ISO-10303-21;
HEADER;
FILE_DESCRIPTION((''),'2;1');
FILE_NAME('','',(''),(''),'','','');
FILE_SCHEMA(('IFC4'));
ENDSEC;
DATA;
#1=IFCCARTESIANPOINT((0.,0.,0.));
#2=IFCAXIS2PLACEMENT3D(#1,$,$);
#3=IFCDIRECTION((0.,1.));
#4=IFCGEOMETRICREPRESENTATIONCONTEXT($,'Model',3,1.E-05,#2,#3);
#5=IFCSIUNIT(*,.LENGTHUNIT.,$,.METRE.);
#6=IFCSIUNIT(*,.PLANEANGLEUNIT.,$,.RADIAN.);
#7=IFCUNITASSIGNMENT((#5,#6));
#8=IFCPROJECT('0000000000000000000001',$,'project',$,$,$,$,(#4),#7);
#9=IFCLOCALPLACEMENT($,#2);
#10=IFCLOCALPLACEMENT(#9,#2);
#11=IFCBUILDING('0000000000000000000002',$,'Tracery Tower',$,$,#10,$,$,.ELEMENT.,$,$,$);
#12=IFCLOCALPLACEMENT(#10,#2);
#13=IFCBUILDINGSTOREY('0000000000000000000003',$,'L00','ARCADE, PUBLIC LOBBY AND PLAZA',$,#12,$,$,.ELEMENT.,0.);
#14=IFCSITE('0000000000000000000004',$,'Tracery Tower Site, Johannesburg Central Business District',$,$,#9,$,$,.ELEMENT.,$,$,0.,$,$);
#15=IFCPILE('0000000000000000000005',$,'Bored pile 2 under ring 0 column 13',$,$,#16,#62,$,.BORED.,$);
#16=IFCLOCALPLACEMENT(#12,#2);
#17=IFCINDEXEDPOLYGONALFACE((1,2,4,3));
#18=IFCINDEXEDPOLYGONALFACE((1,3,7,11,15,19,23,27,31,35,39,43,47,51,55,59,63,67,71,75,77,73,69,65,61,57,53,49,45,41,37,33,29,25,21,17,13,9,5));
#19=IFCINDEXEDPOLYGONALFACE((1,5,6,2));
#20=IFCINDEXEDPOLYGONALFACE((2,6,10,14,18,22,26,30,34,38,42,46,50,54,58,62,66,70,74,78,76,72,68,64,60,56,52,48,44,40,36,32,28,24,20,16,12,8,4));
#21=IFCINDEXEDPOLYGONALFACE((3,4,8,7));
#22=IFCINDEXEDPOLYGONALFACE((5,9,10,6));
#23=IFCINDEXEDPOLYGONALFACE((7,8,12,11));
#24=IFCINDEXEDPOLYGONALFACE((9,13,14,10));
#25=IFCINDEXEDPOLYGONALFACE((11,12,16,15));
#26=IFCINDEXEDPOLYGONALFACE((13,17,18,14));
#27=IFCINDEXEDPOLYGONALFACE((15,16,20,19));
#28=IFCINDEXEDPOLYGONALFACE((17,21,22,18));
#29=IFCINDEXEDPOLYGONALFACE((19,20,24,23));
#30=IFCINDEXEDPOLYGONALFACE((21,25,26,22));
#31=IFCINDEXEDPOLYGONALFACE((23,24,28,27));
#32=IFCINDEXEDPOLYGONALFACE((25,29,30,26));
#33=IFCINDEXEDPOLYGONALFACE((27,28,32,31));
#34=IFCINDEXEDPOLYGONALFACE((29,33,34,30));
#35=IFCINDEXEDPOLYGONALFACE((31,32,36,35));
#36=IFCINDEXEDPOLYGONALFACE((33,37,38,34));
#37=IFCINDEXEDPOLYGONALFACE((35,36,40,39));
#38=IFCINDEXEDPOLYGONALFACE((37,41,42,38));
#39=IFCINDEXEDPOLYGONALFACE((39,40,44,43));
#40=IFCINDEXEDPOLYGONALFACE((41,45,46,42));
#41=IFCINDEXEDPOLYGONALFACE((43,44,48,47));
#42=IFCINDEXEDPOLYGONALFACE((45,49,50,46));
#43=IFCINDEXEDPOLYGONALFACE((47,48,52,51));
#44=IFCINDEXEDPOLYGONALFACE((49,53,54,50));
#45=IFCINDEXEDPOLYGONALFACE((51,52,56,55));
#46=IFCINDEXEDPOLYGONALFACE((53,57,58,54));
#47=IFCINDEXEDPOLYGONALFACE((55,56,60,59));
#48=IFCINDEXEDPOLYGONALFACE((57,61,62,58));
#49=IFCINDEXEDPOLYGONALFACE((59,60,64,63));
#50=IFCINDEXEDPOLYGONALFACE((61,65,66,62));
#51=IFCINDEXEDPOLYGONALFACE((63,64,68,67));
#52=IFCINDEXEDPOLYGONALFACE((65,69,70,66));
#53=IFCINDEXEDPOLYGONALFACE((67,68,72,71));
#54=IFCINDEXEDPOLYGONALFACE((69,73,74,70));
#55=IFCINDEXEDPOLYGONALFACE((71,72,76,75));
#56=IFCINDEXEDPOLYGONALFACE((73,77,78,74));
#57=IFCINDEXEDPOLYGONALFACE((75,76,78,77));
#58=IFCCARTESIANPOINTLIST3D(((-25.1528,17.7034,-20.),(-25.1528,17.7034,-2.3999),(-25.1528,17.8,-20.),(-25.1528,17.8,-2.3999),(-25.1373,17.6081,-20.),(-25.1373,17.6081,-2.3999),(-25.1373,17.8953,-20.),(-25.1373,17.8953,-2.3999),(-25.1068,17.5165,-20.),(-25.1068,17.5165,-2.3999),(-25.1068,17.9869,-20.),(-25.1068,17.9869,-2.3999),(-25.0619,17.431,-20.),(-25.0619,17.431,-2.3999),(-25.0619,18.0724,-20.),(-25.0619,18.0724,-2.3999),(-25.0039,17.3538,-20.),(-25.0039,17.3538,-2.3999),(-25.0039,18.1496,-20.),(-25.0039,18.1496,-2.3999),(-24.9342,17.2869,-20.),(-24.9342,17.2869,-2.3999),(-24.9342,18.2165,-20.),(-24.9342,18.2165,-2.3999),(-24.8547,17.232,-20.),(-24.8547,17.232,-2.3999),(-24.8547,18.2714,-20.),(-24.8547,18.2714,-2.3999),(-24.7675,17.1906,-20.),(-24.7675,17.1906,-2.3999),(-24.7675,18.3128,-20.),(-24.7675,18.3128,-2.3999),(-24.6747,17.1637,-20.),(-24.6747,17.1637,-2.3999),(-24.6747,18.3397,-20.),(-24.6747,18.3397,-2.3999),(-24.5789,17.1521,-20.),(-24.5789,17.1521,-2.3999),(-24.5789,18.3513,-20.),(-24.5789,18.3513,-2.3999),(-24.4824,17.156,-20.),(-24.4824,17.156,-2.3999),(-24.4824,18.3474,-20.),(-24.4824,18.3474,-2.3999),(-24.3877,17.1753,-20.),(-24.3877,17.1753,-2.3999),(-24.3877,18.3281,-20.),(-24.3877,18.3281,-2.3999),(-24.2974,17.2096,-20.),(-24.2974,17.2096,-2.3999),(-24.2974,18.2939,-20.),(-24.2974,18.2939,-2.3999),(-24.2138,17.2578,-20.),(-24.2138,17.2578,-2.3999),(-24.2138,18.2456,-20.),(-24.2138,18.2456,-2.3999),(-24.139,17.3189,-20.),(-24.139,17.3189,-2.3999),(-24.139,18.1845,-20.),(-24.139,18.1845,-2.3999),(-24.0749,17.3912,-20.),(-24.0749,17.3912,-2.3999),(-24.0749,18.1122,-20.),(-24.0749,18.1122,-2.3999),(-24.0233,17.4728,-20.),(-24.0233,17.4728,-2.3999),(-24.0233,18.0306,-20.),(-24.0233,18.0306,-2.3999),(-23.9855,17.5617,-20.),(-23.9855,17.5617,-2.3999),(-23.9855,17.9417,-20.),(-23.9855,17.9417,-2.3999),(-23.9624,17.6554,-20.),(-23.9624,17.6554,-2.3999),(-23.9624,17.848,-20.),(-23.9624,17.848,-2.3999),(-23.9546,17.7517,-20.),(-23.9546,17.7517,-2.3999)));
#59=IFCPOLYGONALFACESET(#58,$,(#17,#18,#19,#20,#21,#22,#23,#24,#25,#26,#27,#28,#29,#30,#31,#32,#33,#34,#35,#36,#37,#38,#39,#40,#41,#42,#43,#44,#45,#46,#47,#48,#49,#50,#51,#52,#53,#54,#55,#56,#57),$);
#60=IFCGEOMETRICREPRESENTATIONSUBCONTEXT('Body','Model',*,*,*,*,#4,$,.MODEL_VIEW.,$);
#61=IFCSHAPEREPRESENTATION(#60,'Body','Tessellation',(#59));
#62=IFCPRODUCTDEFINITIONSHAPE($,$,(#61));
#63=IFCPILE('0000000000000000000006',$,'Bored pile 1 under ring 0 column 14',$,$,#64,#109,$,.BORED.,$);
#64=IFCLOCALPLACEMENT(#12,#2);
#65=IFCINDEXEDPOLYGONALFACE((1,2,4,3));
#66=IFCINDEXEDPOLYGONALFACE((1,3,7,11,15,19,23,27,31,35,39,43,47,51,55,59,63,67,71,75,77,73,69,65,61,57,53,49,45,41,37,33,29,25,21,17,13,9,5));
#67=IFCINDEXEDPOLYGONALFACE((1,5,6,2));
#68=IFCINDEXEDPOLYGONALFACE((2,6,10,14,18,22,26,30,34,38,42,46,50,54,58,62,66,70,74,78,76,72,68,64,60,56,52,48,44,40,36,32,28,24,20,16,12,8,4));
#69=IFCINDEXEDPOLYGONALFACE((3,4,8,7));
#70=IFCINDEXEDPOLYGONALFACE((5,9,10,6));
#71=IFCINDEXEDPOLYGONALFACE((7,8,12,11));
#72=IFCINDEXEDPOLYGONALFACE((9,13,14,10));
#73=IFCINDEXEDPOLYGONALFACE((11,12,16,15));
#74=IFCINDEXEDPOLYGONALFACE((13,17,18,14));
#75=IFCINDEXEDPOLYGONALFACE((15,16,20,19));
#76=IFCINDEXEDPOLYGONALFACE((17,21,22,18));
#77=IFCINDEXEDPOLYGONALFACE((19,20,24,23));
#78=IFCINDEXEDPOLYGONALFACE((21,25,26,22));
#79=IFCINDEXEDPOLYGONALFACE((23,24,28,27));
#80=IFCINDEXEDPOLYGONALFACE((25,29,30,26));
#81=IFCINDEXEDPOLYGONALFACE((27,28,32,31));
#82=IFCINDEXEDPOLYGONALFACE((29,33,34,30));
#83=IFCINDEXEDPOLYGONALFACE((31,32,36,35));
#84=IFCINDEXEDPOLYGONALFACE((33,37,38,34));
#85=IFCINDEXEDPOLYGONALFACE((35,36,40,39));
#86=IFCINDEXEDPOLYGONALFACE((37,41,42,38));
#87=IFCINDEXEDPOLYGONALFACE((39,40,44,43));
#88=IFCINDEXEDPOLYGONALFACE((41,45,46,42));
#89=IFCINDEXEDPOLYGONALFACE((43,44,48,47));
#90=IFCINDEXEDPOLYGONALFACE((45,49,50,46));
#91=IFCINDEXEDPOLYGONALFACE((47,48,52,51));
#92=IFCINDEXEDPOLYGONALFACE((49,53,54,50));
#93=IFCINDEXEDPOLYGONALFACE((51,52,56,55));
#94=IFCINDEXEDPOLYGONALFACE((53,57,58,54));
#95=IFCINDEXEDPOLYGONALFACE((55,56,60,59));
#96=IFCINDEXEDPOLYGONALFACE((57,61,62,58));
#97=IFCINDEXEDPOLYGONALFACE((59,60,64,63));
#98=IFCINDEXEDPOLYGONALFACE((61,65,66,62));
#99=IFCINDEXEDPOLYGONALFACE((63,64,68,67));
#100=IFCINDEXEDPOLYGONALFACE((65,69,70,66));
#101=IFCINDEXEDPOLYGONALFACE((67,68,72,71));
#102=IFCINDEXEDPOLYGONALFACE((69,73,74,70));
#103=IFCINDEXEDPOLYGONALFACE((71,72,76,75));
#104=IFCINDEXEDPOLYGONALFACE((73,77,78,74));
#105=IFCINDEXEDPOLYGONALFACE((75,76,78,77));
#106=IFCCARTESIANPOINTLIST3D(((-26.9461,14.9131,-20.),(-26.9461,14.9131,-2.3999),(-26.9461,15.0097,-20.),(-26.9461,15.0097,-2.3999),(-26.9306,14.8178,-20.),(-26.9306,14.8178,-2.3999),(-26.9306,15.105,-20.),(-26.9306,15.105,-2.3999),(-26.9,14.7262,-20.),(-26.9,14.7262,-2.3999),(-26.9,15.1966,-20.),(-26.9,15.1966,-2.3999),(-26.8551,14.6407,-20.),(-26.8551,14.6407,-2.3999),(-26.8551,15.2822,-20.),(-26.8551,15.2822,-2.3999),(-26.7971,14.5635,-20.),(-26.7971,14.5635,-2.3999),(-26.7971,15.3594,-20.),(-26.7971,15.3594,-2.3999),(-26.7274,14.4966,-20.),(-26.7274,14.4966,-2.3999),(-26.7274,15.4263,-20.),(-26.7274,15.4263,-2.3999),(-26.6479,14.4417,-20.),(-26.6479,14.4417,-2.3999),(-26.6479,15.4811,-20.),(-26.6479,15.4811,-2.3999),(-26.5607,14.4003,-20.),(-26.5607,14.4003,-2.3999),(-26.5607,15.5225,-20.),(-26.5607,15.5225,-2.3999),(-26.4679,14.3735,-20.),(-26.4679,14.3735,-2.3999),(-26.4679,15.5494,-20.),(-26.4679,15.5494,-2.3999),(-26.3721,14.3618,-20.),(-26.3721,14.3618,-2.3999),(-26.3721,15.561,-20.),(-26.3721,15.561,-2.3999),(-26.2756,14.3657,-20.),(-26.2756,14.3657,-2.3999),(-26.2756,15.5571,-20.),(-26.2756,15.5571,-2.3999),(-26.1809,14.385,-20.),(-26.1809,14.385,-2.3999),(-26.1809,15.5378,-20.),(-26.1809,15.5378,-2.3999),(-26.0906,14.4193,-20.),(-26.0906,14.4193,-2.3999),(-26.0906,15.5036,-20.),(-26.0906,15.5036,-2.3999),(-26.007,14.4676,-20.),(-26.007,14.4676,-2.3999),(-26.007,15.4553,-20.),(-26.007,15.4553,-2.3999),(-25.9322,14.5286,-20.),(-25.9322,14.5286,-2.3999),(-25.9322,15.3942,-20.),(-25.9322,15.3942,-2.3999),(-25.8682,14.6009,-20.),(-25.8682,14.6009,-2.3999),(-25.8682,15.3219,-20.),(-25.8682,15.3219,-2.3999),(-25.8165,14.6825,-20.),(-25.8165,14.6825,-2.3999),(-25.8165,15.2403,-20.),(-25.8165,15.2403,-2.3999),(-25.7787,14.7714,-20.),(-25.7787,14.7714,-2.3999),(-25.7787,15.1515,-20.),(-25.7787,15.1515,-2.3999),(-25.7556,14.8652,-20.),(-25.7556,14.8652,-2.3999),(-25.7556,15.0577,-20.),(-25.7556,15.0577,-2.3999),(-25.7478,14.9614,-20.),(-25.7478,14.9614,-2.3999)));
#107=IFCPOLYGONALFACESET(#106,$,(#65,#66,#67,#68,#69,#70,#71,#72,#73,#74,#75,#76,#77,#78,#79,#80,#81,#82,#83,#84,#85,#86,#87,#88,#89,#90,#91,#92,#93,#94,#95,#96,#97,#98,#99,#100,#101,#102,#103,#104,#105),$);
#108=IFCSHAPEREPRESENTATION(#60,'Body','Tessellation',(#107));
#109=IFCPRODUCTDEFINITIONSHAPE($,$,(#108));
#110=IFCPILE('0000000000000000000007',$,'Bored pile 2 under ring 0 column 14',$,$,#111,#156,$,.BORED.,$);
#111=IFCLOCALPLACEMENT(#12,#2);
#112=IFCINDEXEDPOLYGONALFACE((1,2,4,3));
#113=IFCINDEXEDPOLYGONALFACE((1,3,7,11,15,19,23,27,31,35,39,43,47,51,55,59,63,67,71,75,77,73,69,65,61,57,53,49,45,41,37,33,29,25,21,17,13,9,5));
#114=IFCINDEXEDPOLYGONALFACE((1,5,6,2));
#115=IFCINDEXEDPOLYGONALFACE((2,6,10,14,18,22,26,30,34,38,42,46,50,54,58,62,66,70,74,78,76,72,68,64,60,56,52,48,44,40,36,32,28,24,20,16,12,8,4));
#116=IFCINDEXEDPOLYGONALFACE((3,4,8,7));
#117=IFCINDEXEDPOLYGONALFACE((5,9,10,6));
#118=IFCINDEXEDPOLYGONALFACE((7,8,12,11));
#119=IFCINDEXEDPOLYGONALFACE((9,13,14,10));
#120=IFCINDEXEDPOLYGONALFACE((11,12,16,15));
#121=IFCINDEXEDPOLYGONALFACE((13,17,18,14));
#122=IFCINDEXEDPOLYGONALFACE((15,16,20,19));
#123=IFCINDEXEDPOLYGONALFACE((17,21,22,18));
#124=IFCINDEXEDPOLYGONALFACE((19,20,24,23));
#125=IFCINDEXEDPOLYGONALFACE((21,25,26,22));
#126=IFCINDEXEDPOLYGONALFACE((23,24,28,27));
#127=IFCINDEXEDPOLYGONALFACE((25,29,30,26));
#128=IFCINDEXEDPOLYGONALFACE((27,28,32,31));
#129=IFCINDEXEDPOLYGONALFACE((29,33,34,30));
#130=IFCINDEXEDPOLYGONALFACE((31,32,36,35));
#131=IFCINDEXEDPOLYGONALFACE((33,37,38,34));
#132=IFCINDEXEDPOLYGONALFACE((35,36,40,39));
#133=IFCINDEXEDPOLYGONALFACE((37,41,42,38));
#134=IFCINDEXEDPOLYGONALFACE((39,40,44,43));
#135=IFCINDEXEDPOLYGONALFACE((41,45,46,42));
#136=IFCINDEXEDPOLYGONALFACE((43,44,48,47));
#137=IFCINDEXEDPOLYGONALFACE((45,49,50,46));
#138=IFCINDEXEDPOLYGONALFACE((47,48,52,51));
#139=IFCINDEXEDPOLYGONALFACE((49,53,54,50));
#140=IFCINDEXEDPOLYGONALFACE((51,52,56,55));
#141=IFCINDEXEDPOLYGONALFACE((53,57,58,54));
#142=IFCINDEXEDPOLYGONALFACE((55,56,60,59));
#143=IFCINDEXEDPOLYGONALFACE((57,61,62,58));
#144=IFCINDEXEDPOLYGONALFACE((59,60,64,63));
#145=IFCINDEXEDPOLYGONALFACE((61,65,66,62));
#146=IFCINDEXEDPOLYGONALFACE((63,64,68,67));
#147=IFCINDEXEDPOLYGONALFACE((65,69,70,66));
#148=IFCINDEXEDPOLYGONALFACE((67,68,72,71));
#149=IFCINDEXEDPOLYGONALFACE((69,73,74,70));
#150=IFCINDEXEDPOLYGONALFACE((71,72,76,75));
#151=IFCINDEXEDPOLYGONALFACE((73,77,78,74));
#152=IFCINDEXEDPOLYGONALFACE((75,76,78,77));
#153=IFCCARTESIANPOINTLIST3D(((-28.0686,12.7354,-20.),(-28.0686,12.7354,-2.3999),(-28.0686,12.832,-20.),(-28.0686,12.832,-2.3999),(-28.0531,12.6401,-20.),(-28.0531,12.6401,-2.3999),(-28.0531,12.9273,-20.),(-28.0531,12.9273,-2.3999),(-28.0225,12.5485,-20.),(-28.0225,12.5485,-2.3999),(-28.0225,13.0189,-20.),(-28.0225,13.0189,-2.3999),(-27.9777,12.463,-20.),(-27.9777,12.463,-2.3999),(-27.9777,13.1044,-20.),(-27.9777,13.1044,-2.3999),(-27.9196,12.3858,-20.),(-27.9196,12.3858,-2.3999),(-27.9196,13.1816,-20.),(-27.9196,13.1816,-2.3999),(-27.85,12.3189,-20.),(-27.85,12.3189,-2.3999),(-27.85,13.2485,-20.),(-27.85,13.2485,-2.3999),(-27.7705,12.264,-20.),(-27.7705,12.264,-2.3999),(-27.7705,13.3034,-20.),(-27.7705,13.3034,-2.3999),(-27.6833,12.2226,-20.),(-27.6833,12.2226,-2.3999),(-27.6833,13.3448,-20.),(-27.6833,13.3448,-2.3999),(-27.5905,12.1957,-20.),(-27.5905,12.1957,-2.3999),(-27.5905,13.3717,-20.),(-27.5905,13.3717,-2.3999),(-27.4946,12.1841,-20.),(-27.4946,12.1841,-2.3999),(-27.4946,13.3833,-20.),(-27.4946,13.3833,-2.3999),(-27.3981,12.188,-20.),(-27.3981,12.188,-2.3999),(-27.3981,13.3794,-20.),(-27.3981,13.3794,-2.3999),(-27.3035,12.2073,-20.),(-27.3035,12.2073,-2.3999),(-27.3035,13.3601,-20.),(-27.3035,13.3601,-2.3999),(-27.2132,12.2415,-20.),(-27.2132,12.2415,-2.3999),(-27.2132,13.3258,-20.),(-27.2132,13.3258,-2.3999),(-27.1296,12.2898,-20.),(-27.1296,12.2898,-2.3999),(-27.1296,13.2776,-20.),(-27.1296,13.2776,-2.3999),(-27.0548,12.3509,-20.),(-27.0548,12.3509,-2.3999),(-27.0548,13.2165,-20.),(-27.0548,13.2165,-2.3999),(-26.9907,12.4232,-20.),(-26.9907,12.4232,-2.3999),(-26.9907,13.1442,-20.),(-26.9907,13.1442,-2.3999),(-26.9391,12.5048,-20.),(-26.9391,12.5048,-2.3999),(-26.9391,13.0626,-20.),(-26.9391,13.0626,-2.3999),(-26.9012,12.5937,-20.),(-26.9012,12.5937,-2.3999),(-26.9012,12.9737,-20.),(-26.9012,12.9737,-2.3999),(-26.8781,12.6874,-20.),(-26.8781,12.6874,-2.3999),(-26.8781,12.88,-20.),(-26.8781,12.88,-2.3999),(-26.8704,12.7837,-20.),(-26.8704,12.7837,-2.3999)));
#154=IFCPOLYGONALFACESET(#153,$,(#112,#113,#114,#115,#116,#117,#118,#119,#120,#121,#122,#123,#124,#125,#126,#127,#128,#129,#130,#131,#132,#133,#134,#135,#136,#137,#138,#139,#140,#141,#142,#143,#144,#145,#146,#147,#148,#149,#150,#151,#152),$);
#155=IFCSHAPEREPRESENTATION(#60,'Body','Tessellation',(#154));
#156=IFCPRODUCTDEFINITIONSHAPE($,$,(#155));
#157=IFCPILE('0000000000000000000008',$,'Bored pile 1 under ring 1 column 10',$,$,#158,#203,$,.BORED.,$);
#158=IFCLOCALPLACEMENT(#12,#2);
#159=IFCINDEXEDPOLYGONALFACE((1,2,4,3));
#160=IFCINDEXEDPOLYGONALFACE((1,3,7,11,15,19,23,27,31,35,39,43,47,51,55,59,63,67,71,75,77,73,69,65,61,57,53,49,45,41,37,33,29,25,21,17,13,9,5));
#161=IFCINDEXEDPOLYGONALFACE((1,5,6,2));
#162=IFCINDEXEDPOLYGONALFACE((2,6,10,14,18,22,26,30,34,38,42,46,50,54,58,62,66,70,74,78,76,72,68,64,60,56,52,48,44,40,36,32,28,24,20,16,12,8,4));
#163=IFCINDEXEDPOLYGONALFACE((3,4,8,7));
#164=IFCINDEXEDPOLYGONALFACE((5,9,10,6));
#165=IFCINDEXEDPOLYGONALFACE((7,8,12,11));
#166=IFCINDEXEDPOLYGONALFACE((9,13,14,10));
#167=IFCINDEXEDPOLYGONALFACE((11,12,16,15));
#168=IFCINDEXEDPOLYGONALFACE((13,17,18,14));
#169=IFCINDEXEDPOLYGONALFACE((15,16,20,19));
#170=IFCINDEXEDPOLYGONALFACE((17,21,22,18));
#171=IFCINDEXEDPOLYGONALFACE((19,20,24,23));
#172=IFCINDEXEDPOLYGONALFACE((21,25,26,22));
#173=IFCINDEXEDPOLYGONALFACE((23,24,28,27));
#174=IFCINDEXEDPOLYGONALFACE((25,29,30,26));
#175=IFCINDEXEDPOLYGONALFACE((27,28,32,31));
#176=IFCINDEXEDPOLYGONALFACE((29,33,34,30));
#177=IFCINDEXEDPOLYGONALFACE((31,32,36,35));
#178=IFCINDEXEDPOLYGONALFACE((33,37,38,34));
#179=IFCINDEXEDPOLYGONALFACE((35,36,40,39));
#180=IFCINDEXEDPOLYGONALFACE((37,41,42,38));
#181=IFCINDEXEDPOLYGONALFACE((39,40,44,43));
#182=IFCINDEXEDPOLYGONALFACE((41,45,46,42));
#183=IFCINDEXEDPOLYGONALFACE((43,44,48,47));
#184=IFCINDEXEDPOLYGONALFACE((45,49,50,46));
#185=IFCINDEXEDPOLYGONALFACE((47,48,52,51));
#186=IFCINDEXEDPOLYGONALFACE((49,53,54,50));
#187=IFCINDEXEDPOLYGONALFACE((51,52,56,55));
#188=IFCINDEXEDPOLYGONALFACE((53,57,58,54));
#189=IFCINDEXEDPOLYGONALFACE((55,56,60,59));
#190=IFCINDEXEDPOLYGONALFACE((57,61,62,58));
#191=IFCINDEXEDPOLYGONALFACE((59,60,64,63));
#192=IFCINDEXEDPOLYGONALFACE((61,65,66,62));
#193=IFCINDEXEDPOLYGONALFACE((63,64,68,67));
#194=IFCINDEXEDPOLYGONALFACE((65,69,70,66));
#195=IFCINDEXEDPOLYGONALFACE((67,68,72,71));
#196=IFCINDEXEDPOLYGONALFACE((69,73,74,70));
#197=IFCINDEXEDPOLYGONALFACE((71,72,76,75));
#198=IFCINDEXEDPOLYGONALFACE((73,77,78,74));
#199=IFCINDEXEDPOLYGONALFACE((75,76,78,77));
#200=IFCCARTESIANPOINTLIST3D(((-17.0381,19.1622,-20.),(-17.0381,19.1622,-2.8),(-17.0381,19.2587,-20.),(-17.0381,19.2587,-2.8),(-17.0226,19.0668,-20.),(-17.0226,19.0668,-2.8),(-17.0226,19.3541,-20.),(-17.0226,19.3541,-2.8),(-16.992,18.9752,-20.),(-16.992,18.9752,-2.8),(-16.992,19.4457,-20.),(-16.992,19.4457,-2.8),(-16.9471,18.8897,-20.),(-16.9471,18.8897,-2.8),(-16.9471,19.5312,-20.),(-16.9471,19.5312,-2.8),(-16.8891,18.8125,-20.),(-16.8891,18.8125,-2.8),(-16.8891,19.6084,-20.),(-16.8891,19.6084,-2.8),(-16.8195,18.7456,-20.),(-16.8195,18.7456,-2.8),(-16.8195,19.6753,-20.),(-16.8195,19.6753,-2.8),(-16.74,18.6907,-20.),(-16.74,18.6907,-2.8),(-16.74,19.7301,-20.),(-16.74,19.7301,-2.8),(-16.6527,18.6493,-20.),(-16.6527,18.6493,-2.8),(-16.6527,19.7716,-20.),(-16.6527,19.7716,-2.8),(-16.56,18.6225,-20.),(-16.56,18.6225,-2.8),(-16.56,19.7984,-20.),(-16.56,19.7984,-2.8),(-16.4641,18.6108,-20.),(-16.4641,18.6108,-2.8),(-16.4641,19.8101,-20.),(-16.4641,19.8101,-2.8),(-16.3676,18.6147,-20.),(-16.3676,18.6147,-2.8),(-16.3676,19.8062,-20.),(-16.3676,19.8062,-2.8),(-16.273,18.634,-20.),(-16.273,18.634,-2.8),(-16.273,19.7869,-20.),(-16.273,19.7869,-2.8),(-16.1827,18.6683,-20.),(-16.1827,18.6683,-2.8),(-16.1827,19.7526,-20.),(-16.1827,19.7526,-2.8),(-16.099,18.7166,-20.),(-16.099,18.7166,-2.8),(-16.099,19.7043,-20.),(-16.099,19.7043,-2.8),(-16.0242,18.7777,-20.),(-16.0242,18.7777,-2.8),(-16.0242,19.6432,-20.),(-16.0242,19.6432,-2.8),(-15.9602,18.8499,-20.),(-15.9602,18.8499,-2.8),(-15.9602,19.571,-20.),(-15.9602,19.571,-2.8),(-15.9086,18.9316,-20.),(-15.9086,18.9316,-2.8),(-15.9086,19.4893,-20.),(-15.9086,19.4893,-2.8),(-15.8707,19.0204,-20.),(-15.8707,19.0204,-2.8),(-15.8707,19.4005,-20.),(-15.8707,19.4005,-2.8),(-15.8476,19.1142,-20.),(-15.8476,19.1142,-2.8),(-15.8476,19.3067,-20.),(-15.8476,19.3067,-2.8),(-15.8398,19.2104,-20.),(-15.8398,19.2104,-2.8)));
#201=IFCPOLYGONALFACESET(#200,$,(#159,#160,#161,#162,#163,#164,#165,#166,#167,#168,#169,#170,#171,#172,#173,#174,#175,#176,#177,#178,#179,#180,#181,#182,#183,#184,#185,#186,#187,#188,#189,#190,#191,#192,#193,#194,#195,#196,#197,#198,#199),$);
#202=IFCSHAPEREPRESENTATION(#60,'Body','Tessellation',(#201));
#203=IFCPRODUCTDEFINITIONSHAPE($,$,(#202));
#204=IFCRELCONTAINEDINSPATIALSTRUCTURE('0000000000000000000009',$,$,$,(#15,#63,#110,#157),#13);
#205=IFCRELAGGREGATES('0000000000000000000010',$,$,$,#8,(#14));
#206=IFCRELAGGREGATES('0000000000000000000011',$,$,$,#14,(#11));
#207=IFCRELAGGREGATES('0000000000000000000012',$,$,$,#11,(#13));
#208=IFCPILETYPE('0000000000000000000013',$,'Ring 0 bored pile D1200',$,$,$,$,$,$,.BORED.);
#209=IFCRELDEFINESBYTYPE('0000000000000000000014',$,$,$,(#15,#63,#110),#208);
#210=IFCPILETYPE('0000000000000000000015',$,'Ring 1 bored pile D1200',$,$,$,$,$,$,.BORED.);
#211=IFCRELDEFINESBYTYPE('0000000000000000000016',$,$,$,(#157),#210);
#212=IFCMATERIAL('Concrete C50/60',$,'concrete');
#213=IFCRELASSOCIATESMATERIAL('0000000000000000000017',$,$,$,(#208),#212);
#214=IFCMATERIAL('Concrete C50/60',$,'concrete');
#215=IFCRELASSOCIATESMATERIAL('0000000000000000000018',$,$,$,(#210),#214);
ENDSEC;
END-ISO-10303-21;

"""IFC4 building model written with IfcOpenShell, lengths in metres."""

from ifc_helpers import new_model, si_unit, direction, frame, origin, origin_2d, place, context, subcontext, project, spatial, circle, extrude, material, material_profile, profile_set, type_object, element, save


model = new_model("IFC4")

# Units and contexts
model_context = context("Model", 3, precision=1e-05, world=origin(), true_north=direction((0.0, 1.0)))
body_context = subcontext(model_context, "Body", "Model", "MODEL_VIEW")
ifc_project = project(units=[si_unit("LENGTHUNIT", "METRE"), si_unit("PLANEANGLEUNIT", "RADIAN")], contexts=[model_context])

# Site, building, storey
site_placement = place(None, origin())
site = spatial("IfcSite", under=ifc_project, at=site_placement, Name="Tracery Tower Site, Johannesburg Central Business District", CompositionType="ELEMENT", RefElevation=0.0)
building_placement = place(site_placement, origin())
building = spatial("IfcBuilding", under=site, at=building_placement, Name="Tracery Tower", CompositionType="ELEMENT")
storey_placement = place(building_placement, origin())
storey = spatial("IfcBuildingStorey", under=building, at=storey_placement, Name="L00", Description="ARCADE, PUBLIC LOBBY AND PLAZA", CompositionType="ELEMENT", Elevation=0.0)

# Piles
ifc_material_1 = material(Name="Concrete C50/60", Category="concrete")
ifc_material_profile_1 = material_profile(ifc_material_1, circle(Radius=0.6001, at=origin_2d()), Name="RC D1200")
ifc_profile_set_1 = profile_set([ifc_material_profile_1], Name="Concrete C50/60")
pile_type_1 = type_object("IfcPileType", Name="Ring 0 bored pile D1200", PredefinedType="BORED", material=ifc_profile_set_1)
for number, where, z_axis, x_axis, name in (
    (1, (-24.5547, 17.7517, -2.3999), (0.0, 0.0, -1.0), (1.0, 0.0, 0.0), "Bored pile 2 under ring 0 column 13"),
    (2, (-26.3479, 14.9614, -2.3999), (0.0, 0.0, -1.0), (1.0, 0.0, 0.0), "Bored pile 1 under ring 0 column 14"),
    (3, (-27.4705, 12.7837, -2.3999), (0.0, 0.0, -1.0), (1.0, 0.0, 0.0), "Bored pile 2 under ring 0 column 14"),
):
    element("IfcPile", number, at=place(storey_placement, frame(where, z_axis=z_axis, x_axis=x_axis)), inside=storey, type_object=pile_type_1, Name=name, PredefinedType="BORED", context=body_context, shape_type="SweptSolid", body=[
        extrude(circle(Radius=0.6001, at=origin_2d()), origin(), (0.0, 0.0, 1.0), 17.6001),
    ])
ifc_material_2 = material(Name="Concrete C50/60", Category="concrete")
ifc_material_profile_2 = material_profile(ifc_material_2, circle(Radius=0.6001, at=origin_2d()), Name="RC D1200")
ifc_profile_set_2 = profile_set([ifc_material_profile_2], Name="Concrete C50/60")
pile_type_2 = type_object("IfcPileType", Name="Ring 1 bored pile D1200", PredefinedType="BORED", material=ifc_profile_set_2)
for number, where, z_axis, x_axis, name in (
    (4, (-16.4399, 19.2104, -2.8), (0.0, 0.0, -1.0), (1.0, 0.0, 0.0), "Bored pile 1 under ring 1 column 10"),
):
    element("IfcPile", number, at=place(storey_placement, frame(where, z_axis=z_axis, x_axis=x_axis)), inside=storey, type_object=pile_type_2, Name=name, PredefinedType="BORED", context=body_context, shape_type="SweptSolid", body=[
        extrude(circle(Radius=0.6001, at=origin_2d()), origin(), (0.0, 0.0, 1.0), 17.2),
    ])

save(model, "model.ifc")
